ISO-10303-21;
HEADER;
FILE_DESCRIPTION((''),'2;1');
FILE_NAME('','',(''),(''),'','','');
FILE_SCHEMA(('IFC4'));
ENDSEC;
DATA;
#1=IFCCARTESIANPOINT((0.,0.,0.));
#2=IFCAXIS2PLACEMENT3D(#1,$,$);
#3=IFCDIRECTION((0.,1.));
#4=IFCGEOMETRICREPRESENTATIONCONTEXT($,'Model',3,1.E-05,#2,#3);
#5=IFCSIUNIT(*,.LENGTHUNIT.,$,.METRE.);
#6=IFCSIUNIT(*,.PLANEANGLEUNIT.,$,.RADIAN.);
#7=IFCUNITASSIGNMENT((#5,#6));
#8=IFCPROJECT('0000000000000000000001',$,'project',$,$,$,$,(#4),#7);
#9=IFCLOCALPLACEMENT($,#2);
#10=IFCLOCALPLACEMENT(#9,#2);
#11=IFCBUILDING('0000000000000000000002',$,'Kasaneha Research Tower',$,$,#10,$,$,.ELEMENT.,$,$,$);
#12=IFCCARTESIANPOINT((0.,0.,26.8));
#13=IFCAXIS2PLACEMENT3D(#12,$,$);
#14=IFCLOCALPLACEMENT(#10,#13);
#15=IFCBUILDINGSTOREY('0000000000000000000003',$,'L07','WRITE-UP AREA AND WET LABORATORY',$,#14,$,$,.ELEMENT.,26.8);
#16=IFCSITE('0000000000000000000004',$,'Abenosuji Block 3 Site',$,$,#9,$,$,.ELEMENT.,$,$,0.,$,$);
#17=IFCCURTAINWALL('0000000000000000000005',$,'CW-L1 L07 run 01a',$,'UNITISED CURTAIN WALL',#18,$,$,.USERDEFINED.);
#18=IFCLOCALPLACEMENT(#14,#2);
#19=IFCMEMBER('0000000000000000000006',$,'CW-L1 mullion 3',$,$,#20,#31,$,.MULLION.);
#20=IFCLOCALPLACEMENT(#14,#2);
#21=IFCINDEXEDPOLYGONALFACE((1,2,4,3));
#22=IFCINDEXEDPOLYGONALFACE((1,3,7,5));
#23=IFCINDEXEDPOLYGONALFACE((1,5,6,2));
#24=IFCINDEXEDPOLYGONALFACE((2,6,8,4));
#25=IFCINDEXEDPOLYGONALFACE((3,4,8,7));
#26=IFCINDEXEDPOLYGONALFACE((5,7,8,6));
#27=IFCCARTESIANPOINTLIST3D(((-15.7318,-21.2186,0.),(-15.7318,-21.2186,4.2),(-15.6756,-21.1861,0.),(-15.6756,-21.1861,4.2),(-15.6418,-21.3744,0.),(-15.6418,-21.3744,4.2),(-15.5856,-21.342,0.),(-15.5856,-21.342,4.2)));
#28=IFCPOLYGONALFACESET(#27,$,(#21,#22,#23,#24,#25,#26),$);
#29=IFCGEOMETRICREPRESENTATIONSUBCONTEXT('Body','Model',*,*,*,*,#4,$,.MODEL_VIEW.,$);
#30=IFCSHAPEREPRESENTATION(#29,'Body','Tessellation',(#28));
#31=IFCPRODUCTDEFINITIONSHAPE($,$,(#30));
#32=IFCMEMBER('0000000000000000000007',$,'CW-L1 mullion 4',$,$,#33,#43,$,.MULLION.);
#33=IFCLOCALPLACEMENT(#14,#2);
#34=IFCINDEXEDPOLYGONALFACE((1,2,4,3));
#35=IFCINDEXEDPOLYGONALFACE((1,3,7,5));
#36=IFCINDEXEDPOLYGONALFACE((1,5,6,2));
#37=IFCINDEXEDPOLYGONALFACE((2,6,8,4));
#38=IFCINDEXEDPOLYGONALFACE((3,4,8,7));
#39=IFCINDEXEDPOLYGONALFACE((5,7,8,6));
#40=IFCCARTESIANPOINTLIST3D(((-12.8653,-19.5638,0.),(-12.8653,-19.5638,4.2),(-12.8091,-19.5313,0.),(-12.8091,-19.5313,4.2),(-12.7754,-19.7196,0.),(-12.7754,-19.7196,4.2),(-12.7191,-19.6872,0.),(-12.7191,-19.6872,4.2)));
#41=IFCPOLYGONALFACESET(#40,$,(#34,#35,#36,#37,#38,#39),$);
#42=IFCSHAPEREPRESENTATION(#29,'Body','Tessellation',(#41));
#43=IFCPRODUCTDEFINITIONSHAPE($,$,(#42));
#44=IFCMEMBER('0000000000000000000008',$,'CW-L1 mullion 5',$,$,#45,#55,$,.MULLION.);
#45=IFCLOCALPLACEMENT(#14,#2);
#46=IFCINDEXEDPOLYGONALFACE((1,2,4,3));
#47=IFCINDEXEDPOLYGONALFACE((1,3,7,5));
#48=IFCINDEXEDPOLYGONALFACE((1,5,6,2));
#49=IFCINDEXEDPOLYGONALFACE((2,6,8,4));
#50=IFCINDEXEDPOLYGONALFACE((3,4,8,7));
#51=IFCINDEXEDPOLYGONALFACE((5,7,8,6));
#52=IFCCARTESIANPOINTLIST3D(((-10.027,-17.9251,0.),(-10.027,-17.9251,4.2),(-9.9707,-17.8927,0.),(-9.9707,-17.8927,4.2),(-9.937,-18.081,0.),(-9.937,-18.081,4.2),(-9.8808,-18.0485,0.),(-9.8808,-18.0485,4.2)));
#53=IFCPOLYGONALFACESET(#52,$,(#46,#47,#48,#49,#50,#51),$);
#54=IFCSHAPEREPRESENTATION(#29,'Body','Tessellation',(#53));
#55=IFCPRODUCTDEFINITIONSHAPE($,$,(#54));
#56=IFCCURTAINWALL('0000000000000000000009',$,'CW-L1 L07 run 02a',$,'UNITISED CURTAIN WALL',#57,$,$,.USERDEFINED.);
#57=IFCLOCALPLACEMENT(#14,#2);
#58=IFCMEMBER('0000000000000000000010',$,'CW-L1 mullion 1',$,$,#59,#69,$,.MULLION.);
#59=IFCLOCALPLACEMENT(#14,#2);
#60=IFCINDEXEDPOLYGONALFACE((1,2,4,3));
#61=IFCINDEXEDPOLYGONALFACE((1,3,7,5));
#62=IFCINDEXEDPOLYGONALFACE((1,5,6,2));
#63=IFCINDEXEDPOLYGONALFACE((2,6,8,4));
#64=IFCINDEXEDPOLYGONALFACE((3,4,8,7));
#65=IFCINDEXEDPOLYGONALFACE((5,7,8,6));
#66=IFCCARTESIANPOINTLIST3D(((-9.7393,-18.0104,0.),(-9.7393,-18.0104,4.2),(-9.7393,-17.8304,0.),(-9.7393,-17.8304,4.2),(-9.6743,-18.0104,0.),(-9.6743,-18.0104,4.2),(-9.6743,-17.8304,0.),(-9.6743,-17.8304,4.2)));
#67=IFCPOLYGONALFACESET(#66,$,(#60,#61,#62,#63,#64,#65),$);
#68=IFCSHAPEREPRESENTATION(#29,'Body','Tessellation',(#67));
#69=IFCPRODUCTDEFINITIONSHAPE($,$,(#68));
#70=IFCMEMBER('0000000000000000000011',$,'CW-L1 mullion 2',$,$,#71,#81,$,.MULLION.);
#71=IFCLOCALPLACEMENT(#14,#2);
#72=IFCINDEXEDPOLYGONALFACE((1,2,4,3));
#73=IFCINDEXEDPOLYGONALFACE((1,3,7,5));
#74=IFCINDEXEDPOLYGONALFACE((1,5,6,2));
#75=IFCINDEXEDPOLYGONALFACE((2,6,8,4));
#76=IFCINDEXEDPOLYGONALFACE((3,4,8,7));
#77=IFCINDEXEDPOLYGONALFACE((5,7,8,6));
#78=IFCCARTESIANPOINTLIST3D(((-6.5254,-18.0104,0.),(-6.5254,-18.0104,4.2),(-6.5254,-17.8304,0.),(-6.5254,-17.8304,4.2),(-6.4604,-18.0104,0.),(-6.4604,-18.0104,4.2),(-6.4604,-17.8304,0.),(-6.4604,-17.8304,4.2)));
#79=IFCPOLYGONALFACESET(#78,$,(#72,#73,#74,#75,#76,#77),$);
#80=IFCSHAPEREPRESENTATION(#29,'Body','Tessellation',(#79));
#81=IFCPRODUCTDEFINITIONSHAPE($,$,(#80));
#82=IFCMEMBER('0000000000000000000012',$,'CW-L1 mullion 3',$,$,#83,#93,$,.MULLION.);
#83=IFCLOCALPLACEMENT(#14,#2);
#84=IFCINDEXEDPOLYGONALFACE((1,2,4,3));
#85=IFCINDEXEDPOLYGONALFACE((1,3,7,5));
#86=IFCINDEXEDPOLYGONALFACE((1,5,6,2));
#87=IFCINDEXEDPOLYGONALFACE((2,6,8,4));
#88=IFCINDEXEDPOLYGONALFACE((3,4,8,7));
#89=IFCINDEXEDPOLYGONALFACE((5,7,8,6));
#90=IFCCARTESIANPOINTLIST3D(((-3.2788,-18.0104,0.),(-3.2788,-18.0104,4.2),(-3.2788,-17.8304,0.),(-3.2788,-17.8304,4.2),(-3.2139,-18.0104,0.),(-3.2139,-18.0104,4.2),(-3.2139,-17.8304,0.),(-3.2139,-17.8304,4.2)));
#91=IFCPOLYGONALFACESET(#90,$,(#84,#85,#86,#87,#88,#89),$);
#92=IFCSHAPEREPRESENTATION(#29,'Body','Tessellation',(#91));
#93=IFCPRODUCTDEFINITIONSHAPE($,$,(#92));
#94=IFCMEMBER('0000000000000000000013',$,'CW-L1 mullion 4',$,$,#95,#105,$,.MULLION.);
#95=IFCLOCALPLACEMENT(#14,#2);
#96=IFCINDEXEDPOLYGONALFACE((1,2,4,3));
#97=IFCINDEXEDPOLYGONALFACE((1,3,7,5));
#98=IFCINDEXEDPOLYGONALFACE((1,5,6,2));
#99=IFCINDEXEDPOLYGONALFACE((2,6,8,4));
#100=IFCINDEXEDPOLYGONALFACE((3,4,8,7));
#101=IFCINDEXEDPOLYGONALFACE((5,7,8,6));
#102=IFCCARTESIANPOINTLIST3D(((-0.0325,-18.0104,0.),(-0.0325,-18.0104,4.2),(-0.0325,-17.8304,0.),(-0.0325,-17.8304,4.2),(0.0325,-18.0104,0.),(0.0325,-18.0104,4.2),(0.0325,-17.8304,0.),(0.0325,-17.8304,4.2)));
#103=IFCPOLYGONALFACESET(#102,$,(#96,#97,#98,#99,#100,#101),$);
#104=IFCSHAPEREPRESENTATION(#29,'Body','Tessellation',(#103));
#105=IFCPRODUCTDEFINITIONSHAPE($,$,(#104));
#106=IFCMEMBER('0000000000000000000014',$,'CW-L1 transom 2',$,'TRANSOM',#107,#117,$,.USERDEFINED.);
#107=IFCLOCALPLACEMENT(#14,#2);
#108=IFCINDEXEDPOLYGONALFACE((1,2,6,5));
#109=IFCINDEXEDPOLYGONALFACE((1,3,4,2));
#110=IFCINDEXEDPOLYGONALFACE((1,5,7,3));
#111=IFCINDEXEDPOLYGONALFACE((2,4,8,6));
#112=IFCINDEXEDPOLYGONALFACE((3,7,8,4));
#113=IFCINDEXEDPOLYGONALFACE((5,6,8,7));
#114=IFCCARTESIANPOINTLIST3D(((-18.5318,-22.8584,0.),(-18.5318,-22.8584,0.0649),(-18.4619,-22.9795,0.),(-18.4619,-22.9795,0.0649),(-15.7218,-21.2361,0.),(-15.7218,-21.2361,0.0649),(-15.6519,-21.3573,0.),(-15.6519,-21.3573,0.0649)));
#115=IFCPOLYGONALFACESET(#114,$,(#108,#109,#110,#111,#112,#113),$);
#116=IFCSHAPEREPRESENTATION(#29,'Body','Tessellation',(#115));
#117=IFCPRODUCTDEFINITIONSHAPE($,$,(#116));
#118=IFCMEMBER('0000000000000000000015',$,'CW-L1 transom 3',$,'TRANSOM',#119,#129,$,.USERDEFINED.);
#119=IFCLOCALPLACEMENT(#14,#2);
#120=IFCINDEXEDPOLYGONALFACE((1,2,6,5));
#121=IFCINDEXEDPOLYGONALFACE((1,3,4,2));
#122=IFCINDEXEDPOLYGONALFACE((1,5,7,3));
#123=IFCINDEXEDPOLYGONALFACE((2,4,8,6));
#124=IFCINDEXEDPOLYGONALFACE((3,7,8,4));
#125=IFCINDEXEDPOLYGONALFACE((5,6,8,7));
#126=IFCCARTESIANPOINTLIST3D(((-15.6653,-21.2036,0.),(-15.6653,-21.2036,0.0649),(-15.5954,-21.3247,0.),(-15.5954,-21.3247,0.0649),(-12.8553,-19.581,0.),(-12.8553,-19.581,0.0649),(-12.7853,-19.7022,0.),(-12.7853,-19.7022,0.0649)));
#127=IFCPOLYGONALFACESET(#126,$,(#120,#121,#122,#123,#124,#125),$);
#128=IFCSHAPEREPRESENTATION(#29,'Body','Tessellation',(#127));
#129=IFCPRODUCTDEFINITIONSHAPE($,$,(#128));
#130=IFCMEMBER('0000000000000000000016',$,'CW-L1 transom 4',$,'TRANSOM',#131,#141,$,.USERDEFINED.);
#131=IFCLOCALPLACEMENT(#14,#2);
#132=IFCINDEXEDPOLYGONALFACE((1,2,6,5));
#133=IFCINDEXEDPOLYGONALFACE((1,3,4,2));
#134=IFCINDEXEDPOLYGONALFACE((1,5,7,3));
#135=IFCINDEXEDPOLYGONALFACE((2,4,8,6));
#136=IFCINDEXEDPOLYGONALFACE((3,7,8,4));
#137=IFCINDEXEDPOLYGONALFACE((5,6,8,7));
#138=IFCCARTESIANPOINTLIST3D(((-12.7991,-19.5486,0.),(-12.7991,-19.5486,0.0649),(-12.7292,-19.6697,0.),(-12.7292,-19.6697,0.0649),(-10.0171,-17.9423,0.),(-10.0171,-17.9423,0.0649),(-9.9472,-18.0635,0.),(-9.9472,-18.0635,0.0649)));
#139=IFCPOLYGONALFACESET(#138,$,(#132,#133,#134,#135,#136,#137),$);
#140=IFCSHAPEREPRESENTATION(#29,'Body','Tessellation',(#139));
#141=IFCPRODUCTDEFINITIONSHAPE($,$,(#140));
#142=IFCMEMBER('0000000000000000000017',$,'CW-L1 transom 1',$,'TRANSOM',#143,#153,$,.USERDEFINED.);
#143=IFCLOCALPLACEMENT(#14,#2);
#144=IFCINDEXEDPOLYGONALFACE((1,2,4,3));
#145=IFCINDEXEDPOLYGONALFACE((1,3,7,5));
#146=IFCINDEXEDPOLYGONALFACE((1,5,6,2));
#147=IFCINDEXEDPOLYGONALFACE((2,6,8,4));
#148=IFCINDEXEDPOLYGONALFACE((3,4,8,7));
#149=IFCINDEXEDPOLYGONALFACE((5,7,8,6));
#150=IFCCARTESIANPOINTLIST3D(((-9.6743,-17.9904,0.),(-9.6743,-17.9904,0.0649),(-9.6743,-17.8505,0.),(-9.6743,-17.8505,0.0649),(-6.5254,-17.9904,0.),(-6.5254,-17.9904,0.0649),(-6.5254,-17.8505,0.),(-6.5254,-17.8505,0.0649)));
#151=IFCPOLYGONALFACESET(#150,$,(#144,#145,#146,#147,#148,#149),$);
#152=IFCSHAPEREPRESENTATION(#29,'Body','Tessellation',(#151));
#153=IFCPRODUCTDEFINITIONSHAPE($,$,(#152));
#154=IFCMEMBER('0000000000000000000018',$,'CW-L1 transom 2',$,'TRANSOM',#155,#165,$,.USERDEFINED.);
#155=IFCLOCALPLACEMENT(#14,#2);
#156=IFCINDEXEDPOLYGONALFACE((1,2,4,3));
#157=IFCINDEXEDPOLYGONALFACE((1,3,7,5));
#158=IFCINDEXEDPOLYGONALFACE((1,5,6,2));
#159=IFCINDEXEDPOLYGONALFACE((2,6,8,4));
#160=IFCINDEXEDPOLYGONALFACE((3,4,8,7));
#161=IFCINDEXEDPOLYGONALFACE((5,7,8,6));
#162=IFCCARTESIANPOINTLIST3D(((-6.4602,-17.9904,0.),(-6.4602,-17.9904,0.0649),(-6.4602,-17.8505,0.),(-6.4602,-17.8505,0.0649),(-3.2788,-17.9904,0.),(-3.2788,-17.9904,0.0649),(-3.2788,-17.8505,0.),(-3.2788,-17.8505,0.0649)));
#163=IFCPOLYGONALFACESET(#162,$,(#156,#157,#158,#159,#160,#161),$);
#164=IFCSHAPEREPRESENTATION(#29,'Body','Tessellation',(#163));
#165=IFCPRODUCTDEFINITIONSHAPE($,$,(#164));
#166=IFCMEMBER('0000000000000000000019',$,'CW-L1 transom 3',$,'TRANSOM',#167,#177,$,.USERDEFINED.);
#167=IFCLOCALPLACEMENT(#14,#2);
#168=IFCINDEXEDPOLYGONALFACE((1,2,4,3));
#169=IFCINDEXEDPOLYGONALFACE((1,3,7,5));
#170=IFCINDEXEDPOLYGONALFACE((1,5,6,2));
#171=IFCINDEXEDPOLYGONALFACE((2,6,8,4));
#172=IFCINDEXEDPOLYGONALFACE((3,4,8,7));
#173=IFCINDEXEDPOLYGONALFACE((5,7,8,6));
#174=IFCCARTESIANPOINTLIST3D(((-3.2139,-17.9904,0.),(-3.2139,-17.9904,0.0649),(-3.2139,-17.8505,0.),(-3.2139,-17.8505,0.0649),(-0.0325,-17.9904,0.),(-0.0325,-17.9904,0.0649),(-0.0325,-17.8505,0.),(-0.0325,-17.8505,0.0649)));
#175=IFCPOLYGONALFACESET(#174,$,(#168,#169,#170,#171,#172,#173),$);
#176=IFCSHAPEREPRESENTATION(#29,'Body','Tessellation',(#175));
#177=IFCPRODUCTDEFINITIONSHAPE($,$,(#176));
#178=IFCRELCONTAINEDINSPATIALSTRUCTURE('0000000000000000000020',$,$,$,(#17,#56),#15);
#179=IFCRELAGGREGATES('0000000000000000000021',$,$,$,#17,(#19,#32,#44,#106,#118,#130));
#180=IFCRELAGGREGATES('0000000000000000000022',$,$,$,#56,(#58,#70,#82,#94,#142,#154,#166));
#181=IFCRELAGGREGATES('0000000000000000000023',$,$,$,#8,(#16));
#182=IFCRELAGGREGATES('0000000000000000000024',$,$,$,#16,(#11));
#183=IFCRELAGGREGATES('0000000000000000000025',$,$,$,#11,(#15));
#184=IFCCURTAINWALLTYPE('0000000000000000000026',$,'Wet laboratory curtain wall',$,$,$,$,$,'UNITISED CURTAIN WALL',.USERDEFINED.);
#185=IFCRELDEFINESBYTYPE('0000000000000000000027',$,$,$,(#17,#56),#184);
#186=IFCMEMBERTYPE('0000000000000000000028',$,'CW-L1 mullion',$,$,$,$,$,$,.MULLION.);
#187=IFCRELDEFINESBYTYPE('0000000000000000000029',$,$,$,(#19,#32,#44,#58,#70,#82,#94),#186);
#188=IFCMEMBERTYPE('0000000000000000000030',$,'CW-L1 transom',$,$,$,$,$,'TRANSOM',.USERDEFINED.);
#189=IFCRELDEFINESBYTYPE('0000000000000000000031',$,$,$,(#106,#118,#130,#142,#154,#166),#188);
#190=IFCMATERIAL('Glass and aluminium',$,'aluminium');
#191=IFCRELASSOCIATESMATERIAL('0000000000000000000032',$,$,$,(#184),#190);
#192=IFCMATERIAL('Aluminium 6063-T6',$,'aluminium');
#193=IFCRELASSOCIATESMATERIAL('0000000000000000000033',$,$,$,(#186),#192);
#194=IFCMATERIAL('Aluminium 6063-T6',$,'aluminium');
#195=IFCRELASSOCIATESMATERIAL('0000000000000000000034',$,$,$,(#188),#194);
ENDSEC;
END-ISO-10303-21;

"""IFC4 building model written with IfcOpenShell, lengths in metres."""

from ifc_helpers import new_model, si_unit, direction, frame, origin, origin_2d, place, context, subcontext, project, spatial, rectangle, extrude, material, material_profile, profile_set, type_object, element, aggregate, save


model = new_model("IFC4")

# Units and contexts
model_context = context("Model", 3, precision=1e-05, world=origin(), true_north=direction((0.0, 1.0)))
body_context = subcontext(model_context, "Body", "Model", "MODEL_VIEW")
ifc_project = project(units=[si_unit("LENGTHUNIT", "METRE"), si_unit("PLANEANGLEUNIT", "RADIAN")], contexts=[model_context])

# Site, building, storey
site_placement = place(None, origin())
site = spatial("IfcSite", under=ifc_project, at=site_placement, Name="Abenosuji Block 3 Site", CompositionType="ELEMENT", RefElevation=0.0)
building_placement = place(site_placement, origin())
building = spatial("IfcBuilding", under=site, at=building_placement, Name="Kasaneha Research Tower", CompositionType="ELEMENT")
storey_placement = place(building_placement, frame((0.0, 0.0, 26.8)))
storey = spatial("IfcBuildingStorey", under=building, at=storey_placement, Name="L07", Description="WRITE-UP AREA AND WET LABORATORY", CompositionType="ELEMENT", Elevation=26.8)

# Curtain walls, members
ifc_material_1 = material(Name="Glass and aluminium", Category="aluminium")
curtain_wall_type = type_object("IfcCurtainWallType", Name="Wet laboratory curtain wall", ElementType="UNITISED CURTAIN WALL", PredefinedType="USERDEFINED", material=ifc_material_1)
curtain_wall_1_placement = place(storey_placement, origin())
curtain_wall_1 = element("IfcCurtainWall", 1, at=curtain_wall_1_placement, inside=storey, type_object=curtain_wall_type, Name="CW-L1 L07 run 01a", ObjectType="UNITISED CURTAIN WALL", PredefinedType="USERDEFINED")
ifc_material_2 = material(Name="Aluminium 6063-T6", Category="aluminium")
ifc_material_profile_1 = material_profile(ifc_material_2, rectangle(XDim=0.0649, YDim=0.1799, at=origin_2d()), Name="CW-L1 mullion 65x180")
ifc_profile_set_1 = profile_set([ifc_material_profile_1], Name="Aluminium 6063-T6")
member_type_1 = type_object("IfcMemberType", Name="CW-L1 mullion", PredefinedType="MULLION", material=ifc_profile_set_1)
member_1_placement = place(storey_placement, frame((-15.6587, -21.2803, 0.0), z_axis=(0.0, 0.0, 1.0), x_axis=(0.866025, 0.5, 0.0)))
member_1 = element("IfcMember", 2, at=member_1_placement, type_object=member_type_1, Name="CW-L1 mullion 3", PredefinedType="MULLION", context=body_context, shape_type="SweptSolid", body=[
    extrude(rectangle(XDim=0.0649, YDim=0.1799, at=origin_2d()), origin(), (0.0, 0.0, 1.0), 4.2),
])
member_2_placement = place(storey_placement, frame((-12.7922, -19.6255, 0.0), z_axis=(0.0, 0.0, 1.0), x_axis=(0.866025, 0.5, 0.0)))
member_2 = element("IfcMember", 3, at=member_2_placement, type_object=member_type_1, Name="CW-L1 mullion 4", PredefinedType="MULLION", context=body_context, shape_type="SweptSolid", body=[
    extrude(rectangle(XDim=0.0649, YDim=0.1799, at=origin_2d()), origin(), (0.0, 0.0, 1.0), 4.2),
])
member_3_placement = place(storey_placement, frame((-9.9539, -17.9868, 0.0), z_axis=(0.0, 0.0, 1.0), x_axis=(0.866025, 0.5, 0.0)))
member_3 = element("IfcMember", 4, at=member_3_placement, type_object=member_type_1, Name="CW-L1 mullion 5", PredefinedType="MULLION", context=body_context, shape_type="SweptSolid", body=[
    extrude(rectangle(XDim=0.0649, YDim=0.1799, at=origin_2d()), origin(), (0.0, 0.0, 1.0), 4.2),
])
curtain_wall_2_placement = place(storey_placement, origin())
curtain_wall_2 = element("IfcCurtainWall", 5, at=curtain_wall_2_placement, inside=storey, type_object=curtain_wall_type, Name="CW-L1 L07 run 02a", ObjectType="UNITISED CURTAIN WALL", PredefinedType="USERDEFINED")
member_4_placement = place(storey_placement, frame((-9.7068, -17.9204, 0.0), z_axis=(0.0, 0.0, 1.0), x_axis=(1.0, 0.0, 0.0)))
member_4 = element("IfcMember", 6, at=member_4_placement, type_object=member_type_1, Name="CW-L1 mullion 1", PredefinedType="MULLION", context=body_context, shape_type="SweptSolid", body=[
    extrude(rectangle(XDim=0.0649, YDim=0.1799, at=origin_2d()), origin(), (0.0, 0.0, 1.0), 4.2),
])
member_5_placement = place(storey_placement, frame((-6.4929, -17.9204, 0.0), z_axis=(0.0, 0.0, 1.0), x_axis=(1.0, 0.0, 0.0)))
member_5 = element("IfcMember", 7, at=member_5_placement, type_object=member_type_1, Name="CW-L1 mullion 2", PredefinedType="MULLION", context=body_context, shape_type="SweptSolid", body=[
    extrude(rectangle(XDim=0.0649, YDim=0.1799, at=origin_2d()), origin(), (0.0, 0.0, 1.0), 4.2),
])
member_6_placement = place(storey_placement, frame((-3.2463, -17.9204, 0.0), z_axis=(0.0, 0.0, 1.0), x_axis=(1.0, 0.0, 0.0)))
member_6 = element("IfcMember", 8, at=member_6_placement, type_object=member_type_1, Name="CW-L1 mullion 3", PredefinedType="MULLION", context=body_context, shape_type="SweptSolid", body=[
    extrude(rectangle(XDim=0.0649, YDim=0.1799, at=origin_2d()), origin(), (0.0, 0.0, 1.0), 4.2),
])
member_7_placement = place(storey_placement, frame((0.0, -17.9204, 0.0), z_axis=(0.0, 0.0, 1.0), x_axis=(1.0, 0.0, 0.0)))
member_7 = element("IfcMember", 9, at=member_7_placement, type_object=member_type_1, Name="CW-L1 mullion 4", PredefinedType="MULLION", context=body_context, shape_type="SweptSolid", body=[
    extrude(rectangle(XDim=0.0649, YDim=0.1799, at=origin_2d()), origin(), (0.0, 0.0, 1.0), 4.2),
])

# Members
ifc_material_3 = material(Name="Aluminium 6063-T6", Category="aluminium")
ifc_material_profile_2 = material_profile(ifc_material_3, rectangle(XDim=0.1399, YDim=0.0649, at=origin_2d()), Name="CW-L1 transom 140x65")
ifc_profile_set_2 = profile_set([ifc_material_profile_2], Name="Aluminium 6063-T6")
member_type_2 = type_object("IfcMemberType", Name="CW-L1 transom", ElementType="TRANSOM", PredefinedType="USERDEFINED", material=ifc_profile_set_2)
member_8_placement = place(storey_placement, frame((-18.4968, -22.9189, 0.0325), z_axis=(0.866035, 0.499983, 0.0), x_axis=(-0.499983, 0.866035, 0.0)))
member_8 = element("IfcMember", 10, at=member_8_placement, type_object=member_type_2, Name="CW-L1 transom 2", ObjectType="TRANSOM", PredefinedType="USERDEFINED", context=body_context, shape_type="SweptSolid", body=[
    extrude(rectangle(XDim=0.1399, YDim=0.0649, at=origin_2d()), origin(), (0.0, 0.0, 1.0), 3.2446),
])
member_9_placement = place(storey_placement, frame((-15.6304, -21.2642, 0.0325), z_axis=(0.866003, 0.500039, 0.0), x_axis=(-0.500039, 0.866003, 0.0)))
member_9 = element("IfcMember", 11, at=member_9_placement, type_object=member_type_2, Name="CW-L1 transom 3", ObjectType="TRANSOM", PredefinedType="USERDEFINED", context=body_context, shape_type="SweptSolid", body=[
    extrude(rectangle(XDim=0.1399, YDim=0.0649, at=origin_2d()), origin(), (0.0, 0.0, 1.0), 3.2449),
])
member_10_placement = place(storey_placement, frame((-12.7642, -19.6091, 0.0325), z_axis=(0.866022, 0.500005, 0.0), x_axis=(-0.500005, 0.866022, 0.0)))
member_10 = element("IfcMember", 12, at=member_10_placement, type_object=member_type_2, Name="CW-L1 transom 4", ObjectType="TRANSOM", PredefinedType="USERDEFINED", context=body_context, shape_type="SweptSolid", body=[
    extrude(rectangle(XDim=0.1399, YDim=0.0649, at=origin_2d()), origin(), (0.0, 0.0, 1.0), 3.2124),
])
member_11_placement = place(storey_placement, frame((-9.6743, -17.9204, 0.0325), z_axis=(1.0, 0.0, 0.0), x_axis=(0.0, 1.0, 0.0)))
member_11 = element("IfcMember", 13, at=member_11_placement, type_object=member_type_2, Name="CW-L1 transom 1", ObjectType="TRANSOM", PredefinedType="USERDEFINED", context=body_context, shape_type="SweptSolid", body=[
    extrude(rectangle(XDim=0.1399, YDim=0.0649, at=origin_2d()), origin(), (0.0, 0.0, 1.0), 3.1489),
])
member_12_placement = place(storey_placement, frame((-6.4602, -17.9204, 0.0325), z_axis=(1.0, 0.0, 0.0), x_axis=(0.0, 1.0, 0.0)))
member_12 = element("IfcMember", 14, at=member_12_placement, type_object=member_type_2, Name="CW-L1 transom 2", ObjectType="TRANSOM", PredefinedType="USERDEFINED", context=body_context, shape_type="SweptSolid", body=[
    extrude(rectangle(XDim=0.1399, YDim=0.0649, at=origin_2d()), origin(), (0.0, 0.0, 1.0), 3.1814),
])
member_13_placement = place(storey_placement, frame((-3.2139, -17.9204, 0.0325), z_axis=(1.0, 0.0, 0.0), x_axis=(0.0, 1.0, 0.0)))
member_13 = element("IfcMember", 15, at=member_13_placement, type_object=member_type_2, Name="CW-L1 transom 3", ObjectType="TRANSOM", PredefinedType="USERDEFINED", context=body_context, shape_type="SweptSolid", body=[
    extrude(rectangle(XDim=0.1399, YDim=0.0649, at=origin_2d()), origin(), (0.0, 0.0, 1.0), 3.1814),
])

aggregate(curtain_wall_1, [member_1, member_2, member_3, member_8, member_9, member_10])
aggregate(curtain_wall_2, [member_4, member_5, member_6, member_7, member_11, member_12, member_13])

save(model, "model.ifc")
